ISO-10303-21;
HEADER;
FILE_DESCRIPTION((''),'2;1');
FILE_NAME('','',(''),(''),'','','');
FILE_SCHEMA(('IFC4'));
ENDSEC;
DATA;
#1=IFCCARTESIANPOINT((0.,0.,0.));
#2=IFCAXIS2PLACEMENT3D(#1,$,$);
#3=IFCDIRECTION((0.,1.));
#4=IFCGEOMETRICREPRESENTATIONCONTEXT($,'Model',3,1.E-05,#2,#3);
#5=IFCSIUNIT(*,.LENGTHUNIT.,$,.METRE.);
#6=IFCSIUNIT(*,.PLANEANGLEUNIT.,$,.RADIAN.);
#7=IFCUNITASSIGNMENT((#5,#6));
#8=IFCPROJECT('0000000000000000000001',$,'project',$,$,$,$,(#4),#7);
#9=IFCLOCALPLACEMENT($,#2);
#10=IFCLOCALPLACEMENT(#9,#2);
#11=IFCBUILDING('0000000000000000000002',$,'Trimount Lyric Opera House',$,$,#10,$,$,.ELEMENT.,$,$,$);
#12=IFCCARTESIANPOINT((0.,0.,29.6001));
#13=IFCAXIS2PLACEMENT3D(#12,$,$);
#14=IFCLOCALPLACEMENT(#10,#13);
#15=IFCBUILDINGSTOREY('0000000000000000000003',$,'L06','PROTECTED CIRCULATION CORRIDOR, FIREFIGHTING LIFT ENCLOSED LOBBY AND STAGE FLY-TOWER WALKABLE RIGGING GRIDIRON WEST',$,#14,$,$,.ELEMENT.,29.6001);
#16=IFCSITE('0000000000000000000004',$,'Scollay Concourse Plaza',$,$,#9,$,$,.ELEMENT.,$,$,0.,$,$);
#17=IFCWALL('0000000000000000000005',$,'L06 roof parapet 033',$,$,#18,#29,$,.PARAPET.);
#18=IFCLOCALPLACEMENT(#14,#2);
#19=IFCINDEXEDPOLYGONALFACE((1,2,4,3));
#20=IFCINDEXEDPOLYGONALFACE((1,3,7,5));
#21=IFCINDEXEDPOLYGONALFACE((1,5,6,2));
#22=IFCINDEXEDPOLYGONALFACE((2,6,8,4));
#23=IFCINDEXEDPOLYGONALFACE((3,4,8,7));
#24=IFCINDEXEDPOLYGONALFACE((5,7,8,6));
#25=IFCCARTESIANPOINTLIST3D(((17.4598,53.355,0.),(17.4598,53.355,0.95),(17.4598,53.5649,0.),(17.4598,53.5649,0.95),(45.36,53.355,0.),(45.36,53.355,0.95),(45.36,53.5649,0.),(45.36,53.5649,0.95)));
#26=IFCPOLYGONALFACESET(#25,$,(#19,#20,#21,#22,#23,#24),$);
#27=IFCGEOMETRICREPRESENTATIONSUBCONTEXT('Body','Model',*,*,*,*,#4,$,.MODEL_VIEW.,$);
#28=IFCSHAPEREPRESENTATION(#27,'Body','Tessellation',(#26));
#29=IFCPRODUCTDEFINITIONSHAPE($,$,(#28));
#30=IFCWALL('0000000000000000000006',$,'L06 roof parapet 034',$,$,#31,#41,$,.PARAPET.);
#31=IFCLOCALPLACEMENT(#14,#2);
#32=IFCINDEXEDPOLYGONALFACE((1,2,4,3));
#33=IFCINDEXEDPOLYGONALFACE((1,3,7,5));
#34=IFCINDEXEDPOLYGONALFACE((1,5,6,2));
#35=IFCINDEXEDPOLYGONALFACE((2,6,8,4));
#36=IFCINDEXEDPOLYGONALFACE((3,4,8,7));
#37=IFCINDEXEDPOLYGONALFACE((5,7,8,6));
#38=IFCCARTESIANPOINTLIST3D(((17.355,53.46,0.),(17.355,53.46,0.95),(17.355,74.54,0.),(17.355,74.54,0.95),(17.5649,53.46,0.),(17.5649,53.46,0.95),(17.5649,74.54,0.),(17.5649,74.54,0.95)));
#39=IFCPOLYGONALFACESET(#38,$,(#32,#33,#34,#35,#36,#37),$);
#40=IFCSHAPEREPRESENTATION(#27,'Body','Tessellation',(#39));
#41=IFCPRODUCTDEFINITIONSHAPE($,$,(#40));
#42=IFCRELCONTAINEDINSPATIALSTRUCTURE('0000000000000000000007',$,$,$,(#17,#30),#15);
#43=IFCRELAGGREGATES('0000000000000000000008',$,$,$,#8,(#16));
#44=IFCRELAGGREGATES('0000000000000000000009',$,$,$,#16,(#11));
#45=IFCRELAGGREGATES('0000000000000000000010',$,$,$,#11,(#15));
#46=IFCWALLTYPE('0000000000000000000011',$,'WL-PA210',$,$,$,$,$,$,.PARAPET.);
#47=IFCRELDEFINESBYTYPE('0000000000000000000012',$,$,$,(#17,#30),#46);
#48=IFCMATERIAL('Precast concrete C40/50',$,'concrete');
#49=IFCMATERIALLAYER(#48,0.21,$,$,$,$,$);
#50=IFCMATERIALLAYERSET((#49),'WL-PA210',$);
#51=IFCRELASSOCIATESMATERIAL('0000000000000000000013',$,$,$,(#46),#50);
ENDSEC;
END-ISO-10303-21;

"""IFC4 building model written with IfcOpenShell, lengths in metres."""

from ifc_helpers import new_model, si_unit, direction, frame, frame_2d, origin, place, context, subcontext, project, spatial, rectangle, extrude, material, layer, layer_set, type_object, element, save


model = new_model("IFC4")

# Units and contexts
model_context = context("Model", 3, precision=1e-05, world=origin(), true_north=direction((0.0, 1.0)))
body_context = subcontext(model_context, "Body", "Model", "MODEL_VIEW")
ifc_project = project(units=[si_unit("LENGTHUNIT", "METRE"), si_unit("PLANEANGLEUNIT", "RADIAN")], contexts=[model_context])

# Site, building, storey
site_placement = place(None, origin())
site = spatial("IfcSite", under=ifc_project, at=site_placement, Name="Scollay Concourse Plaza", CompositionType="ELEMENT", RefElevation=0.0)
building_placement = place(site_placement, origin())
building = spatial("IfcBuilding", under=site, at=building_placement, Name="Trimount Lyric Opera House", CompositionType="ELEMENT")
storey_placement = place(building_placement, frame((0.0, 0.0, 29.6001)))
storey = spatial("IfcBuildingStorey", under=building, at=storey_placement, Name="L06", Description="PROTECTED CIRCULATION CORRIDOR, FIREFIGHTING LIFT ENCLOSED LOBBY AND STAGE FLY-TOWER WALKABLE RIGGING GRIDIRON WEST", CompositionType="ELEMENT", Elevation=29.6001)

# Walls
ifc_material_1 = material(Name="Precast concrete C40/50", Category="concrete")
ifc_layer_1 = layer(ifc_material_1, 0.21)
ifc_layer_set_1 = layer_set([ifc_layer_1], Name="WL-PA210")
wall_type = type_object("IfcWallType", Name="WL-PA210", PredefinedType="PARAPET", material=ifc_layer_set_1)
wall_1_placement = place(storey_placement, frame((45.3601, 53.46, 0.0), z_axis=(0.0, 0.0, 1.0), x_axis=(-1.0, 0.0, 0.0)))
element("IfcWall", 1, at=wall_1_placement, inside=storey, type_object=wall_type, Name="L06 roof parapet 033", PredefinedType="PARAPET", context=body_context, shape_type="SweptSolid", body=[
    extrude(rectangle(XDim=27.9001, YDim=0.21, at=frame_2d((13.9502, 0.0))), origin(), (0.0, 0.0, 1.0), 0.95),
])
wall_2_placement = place(storey_placement, frame((17.46, 53.46, 0.0), z_axis=(0.0, 0.0, 1.0), x_axis=(0.0, 1.0, 0.0)))
element("IfcWall", 2, at=wall_2_placement, inside=storey, type_object=wall_type, Name="L06 roof parapet 034", PredefinedType="PARAPET", context=body_context, shape_type="SweptSolid", body=[
    extrude(rectangle(XDim=21.0801, YDim=0.21, at=frame_2d((10.54, 0.0))), origin(), (0.0, 0.0, 1.0), 0.95),
])

save(model, "model.ifc")
